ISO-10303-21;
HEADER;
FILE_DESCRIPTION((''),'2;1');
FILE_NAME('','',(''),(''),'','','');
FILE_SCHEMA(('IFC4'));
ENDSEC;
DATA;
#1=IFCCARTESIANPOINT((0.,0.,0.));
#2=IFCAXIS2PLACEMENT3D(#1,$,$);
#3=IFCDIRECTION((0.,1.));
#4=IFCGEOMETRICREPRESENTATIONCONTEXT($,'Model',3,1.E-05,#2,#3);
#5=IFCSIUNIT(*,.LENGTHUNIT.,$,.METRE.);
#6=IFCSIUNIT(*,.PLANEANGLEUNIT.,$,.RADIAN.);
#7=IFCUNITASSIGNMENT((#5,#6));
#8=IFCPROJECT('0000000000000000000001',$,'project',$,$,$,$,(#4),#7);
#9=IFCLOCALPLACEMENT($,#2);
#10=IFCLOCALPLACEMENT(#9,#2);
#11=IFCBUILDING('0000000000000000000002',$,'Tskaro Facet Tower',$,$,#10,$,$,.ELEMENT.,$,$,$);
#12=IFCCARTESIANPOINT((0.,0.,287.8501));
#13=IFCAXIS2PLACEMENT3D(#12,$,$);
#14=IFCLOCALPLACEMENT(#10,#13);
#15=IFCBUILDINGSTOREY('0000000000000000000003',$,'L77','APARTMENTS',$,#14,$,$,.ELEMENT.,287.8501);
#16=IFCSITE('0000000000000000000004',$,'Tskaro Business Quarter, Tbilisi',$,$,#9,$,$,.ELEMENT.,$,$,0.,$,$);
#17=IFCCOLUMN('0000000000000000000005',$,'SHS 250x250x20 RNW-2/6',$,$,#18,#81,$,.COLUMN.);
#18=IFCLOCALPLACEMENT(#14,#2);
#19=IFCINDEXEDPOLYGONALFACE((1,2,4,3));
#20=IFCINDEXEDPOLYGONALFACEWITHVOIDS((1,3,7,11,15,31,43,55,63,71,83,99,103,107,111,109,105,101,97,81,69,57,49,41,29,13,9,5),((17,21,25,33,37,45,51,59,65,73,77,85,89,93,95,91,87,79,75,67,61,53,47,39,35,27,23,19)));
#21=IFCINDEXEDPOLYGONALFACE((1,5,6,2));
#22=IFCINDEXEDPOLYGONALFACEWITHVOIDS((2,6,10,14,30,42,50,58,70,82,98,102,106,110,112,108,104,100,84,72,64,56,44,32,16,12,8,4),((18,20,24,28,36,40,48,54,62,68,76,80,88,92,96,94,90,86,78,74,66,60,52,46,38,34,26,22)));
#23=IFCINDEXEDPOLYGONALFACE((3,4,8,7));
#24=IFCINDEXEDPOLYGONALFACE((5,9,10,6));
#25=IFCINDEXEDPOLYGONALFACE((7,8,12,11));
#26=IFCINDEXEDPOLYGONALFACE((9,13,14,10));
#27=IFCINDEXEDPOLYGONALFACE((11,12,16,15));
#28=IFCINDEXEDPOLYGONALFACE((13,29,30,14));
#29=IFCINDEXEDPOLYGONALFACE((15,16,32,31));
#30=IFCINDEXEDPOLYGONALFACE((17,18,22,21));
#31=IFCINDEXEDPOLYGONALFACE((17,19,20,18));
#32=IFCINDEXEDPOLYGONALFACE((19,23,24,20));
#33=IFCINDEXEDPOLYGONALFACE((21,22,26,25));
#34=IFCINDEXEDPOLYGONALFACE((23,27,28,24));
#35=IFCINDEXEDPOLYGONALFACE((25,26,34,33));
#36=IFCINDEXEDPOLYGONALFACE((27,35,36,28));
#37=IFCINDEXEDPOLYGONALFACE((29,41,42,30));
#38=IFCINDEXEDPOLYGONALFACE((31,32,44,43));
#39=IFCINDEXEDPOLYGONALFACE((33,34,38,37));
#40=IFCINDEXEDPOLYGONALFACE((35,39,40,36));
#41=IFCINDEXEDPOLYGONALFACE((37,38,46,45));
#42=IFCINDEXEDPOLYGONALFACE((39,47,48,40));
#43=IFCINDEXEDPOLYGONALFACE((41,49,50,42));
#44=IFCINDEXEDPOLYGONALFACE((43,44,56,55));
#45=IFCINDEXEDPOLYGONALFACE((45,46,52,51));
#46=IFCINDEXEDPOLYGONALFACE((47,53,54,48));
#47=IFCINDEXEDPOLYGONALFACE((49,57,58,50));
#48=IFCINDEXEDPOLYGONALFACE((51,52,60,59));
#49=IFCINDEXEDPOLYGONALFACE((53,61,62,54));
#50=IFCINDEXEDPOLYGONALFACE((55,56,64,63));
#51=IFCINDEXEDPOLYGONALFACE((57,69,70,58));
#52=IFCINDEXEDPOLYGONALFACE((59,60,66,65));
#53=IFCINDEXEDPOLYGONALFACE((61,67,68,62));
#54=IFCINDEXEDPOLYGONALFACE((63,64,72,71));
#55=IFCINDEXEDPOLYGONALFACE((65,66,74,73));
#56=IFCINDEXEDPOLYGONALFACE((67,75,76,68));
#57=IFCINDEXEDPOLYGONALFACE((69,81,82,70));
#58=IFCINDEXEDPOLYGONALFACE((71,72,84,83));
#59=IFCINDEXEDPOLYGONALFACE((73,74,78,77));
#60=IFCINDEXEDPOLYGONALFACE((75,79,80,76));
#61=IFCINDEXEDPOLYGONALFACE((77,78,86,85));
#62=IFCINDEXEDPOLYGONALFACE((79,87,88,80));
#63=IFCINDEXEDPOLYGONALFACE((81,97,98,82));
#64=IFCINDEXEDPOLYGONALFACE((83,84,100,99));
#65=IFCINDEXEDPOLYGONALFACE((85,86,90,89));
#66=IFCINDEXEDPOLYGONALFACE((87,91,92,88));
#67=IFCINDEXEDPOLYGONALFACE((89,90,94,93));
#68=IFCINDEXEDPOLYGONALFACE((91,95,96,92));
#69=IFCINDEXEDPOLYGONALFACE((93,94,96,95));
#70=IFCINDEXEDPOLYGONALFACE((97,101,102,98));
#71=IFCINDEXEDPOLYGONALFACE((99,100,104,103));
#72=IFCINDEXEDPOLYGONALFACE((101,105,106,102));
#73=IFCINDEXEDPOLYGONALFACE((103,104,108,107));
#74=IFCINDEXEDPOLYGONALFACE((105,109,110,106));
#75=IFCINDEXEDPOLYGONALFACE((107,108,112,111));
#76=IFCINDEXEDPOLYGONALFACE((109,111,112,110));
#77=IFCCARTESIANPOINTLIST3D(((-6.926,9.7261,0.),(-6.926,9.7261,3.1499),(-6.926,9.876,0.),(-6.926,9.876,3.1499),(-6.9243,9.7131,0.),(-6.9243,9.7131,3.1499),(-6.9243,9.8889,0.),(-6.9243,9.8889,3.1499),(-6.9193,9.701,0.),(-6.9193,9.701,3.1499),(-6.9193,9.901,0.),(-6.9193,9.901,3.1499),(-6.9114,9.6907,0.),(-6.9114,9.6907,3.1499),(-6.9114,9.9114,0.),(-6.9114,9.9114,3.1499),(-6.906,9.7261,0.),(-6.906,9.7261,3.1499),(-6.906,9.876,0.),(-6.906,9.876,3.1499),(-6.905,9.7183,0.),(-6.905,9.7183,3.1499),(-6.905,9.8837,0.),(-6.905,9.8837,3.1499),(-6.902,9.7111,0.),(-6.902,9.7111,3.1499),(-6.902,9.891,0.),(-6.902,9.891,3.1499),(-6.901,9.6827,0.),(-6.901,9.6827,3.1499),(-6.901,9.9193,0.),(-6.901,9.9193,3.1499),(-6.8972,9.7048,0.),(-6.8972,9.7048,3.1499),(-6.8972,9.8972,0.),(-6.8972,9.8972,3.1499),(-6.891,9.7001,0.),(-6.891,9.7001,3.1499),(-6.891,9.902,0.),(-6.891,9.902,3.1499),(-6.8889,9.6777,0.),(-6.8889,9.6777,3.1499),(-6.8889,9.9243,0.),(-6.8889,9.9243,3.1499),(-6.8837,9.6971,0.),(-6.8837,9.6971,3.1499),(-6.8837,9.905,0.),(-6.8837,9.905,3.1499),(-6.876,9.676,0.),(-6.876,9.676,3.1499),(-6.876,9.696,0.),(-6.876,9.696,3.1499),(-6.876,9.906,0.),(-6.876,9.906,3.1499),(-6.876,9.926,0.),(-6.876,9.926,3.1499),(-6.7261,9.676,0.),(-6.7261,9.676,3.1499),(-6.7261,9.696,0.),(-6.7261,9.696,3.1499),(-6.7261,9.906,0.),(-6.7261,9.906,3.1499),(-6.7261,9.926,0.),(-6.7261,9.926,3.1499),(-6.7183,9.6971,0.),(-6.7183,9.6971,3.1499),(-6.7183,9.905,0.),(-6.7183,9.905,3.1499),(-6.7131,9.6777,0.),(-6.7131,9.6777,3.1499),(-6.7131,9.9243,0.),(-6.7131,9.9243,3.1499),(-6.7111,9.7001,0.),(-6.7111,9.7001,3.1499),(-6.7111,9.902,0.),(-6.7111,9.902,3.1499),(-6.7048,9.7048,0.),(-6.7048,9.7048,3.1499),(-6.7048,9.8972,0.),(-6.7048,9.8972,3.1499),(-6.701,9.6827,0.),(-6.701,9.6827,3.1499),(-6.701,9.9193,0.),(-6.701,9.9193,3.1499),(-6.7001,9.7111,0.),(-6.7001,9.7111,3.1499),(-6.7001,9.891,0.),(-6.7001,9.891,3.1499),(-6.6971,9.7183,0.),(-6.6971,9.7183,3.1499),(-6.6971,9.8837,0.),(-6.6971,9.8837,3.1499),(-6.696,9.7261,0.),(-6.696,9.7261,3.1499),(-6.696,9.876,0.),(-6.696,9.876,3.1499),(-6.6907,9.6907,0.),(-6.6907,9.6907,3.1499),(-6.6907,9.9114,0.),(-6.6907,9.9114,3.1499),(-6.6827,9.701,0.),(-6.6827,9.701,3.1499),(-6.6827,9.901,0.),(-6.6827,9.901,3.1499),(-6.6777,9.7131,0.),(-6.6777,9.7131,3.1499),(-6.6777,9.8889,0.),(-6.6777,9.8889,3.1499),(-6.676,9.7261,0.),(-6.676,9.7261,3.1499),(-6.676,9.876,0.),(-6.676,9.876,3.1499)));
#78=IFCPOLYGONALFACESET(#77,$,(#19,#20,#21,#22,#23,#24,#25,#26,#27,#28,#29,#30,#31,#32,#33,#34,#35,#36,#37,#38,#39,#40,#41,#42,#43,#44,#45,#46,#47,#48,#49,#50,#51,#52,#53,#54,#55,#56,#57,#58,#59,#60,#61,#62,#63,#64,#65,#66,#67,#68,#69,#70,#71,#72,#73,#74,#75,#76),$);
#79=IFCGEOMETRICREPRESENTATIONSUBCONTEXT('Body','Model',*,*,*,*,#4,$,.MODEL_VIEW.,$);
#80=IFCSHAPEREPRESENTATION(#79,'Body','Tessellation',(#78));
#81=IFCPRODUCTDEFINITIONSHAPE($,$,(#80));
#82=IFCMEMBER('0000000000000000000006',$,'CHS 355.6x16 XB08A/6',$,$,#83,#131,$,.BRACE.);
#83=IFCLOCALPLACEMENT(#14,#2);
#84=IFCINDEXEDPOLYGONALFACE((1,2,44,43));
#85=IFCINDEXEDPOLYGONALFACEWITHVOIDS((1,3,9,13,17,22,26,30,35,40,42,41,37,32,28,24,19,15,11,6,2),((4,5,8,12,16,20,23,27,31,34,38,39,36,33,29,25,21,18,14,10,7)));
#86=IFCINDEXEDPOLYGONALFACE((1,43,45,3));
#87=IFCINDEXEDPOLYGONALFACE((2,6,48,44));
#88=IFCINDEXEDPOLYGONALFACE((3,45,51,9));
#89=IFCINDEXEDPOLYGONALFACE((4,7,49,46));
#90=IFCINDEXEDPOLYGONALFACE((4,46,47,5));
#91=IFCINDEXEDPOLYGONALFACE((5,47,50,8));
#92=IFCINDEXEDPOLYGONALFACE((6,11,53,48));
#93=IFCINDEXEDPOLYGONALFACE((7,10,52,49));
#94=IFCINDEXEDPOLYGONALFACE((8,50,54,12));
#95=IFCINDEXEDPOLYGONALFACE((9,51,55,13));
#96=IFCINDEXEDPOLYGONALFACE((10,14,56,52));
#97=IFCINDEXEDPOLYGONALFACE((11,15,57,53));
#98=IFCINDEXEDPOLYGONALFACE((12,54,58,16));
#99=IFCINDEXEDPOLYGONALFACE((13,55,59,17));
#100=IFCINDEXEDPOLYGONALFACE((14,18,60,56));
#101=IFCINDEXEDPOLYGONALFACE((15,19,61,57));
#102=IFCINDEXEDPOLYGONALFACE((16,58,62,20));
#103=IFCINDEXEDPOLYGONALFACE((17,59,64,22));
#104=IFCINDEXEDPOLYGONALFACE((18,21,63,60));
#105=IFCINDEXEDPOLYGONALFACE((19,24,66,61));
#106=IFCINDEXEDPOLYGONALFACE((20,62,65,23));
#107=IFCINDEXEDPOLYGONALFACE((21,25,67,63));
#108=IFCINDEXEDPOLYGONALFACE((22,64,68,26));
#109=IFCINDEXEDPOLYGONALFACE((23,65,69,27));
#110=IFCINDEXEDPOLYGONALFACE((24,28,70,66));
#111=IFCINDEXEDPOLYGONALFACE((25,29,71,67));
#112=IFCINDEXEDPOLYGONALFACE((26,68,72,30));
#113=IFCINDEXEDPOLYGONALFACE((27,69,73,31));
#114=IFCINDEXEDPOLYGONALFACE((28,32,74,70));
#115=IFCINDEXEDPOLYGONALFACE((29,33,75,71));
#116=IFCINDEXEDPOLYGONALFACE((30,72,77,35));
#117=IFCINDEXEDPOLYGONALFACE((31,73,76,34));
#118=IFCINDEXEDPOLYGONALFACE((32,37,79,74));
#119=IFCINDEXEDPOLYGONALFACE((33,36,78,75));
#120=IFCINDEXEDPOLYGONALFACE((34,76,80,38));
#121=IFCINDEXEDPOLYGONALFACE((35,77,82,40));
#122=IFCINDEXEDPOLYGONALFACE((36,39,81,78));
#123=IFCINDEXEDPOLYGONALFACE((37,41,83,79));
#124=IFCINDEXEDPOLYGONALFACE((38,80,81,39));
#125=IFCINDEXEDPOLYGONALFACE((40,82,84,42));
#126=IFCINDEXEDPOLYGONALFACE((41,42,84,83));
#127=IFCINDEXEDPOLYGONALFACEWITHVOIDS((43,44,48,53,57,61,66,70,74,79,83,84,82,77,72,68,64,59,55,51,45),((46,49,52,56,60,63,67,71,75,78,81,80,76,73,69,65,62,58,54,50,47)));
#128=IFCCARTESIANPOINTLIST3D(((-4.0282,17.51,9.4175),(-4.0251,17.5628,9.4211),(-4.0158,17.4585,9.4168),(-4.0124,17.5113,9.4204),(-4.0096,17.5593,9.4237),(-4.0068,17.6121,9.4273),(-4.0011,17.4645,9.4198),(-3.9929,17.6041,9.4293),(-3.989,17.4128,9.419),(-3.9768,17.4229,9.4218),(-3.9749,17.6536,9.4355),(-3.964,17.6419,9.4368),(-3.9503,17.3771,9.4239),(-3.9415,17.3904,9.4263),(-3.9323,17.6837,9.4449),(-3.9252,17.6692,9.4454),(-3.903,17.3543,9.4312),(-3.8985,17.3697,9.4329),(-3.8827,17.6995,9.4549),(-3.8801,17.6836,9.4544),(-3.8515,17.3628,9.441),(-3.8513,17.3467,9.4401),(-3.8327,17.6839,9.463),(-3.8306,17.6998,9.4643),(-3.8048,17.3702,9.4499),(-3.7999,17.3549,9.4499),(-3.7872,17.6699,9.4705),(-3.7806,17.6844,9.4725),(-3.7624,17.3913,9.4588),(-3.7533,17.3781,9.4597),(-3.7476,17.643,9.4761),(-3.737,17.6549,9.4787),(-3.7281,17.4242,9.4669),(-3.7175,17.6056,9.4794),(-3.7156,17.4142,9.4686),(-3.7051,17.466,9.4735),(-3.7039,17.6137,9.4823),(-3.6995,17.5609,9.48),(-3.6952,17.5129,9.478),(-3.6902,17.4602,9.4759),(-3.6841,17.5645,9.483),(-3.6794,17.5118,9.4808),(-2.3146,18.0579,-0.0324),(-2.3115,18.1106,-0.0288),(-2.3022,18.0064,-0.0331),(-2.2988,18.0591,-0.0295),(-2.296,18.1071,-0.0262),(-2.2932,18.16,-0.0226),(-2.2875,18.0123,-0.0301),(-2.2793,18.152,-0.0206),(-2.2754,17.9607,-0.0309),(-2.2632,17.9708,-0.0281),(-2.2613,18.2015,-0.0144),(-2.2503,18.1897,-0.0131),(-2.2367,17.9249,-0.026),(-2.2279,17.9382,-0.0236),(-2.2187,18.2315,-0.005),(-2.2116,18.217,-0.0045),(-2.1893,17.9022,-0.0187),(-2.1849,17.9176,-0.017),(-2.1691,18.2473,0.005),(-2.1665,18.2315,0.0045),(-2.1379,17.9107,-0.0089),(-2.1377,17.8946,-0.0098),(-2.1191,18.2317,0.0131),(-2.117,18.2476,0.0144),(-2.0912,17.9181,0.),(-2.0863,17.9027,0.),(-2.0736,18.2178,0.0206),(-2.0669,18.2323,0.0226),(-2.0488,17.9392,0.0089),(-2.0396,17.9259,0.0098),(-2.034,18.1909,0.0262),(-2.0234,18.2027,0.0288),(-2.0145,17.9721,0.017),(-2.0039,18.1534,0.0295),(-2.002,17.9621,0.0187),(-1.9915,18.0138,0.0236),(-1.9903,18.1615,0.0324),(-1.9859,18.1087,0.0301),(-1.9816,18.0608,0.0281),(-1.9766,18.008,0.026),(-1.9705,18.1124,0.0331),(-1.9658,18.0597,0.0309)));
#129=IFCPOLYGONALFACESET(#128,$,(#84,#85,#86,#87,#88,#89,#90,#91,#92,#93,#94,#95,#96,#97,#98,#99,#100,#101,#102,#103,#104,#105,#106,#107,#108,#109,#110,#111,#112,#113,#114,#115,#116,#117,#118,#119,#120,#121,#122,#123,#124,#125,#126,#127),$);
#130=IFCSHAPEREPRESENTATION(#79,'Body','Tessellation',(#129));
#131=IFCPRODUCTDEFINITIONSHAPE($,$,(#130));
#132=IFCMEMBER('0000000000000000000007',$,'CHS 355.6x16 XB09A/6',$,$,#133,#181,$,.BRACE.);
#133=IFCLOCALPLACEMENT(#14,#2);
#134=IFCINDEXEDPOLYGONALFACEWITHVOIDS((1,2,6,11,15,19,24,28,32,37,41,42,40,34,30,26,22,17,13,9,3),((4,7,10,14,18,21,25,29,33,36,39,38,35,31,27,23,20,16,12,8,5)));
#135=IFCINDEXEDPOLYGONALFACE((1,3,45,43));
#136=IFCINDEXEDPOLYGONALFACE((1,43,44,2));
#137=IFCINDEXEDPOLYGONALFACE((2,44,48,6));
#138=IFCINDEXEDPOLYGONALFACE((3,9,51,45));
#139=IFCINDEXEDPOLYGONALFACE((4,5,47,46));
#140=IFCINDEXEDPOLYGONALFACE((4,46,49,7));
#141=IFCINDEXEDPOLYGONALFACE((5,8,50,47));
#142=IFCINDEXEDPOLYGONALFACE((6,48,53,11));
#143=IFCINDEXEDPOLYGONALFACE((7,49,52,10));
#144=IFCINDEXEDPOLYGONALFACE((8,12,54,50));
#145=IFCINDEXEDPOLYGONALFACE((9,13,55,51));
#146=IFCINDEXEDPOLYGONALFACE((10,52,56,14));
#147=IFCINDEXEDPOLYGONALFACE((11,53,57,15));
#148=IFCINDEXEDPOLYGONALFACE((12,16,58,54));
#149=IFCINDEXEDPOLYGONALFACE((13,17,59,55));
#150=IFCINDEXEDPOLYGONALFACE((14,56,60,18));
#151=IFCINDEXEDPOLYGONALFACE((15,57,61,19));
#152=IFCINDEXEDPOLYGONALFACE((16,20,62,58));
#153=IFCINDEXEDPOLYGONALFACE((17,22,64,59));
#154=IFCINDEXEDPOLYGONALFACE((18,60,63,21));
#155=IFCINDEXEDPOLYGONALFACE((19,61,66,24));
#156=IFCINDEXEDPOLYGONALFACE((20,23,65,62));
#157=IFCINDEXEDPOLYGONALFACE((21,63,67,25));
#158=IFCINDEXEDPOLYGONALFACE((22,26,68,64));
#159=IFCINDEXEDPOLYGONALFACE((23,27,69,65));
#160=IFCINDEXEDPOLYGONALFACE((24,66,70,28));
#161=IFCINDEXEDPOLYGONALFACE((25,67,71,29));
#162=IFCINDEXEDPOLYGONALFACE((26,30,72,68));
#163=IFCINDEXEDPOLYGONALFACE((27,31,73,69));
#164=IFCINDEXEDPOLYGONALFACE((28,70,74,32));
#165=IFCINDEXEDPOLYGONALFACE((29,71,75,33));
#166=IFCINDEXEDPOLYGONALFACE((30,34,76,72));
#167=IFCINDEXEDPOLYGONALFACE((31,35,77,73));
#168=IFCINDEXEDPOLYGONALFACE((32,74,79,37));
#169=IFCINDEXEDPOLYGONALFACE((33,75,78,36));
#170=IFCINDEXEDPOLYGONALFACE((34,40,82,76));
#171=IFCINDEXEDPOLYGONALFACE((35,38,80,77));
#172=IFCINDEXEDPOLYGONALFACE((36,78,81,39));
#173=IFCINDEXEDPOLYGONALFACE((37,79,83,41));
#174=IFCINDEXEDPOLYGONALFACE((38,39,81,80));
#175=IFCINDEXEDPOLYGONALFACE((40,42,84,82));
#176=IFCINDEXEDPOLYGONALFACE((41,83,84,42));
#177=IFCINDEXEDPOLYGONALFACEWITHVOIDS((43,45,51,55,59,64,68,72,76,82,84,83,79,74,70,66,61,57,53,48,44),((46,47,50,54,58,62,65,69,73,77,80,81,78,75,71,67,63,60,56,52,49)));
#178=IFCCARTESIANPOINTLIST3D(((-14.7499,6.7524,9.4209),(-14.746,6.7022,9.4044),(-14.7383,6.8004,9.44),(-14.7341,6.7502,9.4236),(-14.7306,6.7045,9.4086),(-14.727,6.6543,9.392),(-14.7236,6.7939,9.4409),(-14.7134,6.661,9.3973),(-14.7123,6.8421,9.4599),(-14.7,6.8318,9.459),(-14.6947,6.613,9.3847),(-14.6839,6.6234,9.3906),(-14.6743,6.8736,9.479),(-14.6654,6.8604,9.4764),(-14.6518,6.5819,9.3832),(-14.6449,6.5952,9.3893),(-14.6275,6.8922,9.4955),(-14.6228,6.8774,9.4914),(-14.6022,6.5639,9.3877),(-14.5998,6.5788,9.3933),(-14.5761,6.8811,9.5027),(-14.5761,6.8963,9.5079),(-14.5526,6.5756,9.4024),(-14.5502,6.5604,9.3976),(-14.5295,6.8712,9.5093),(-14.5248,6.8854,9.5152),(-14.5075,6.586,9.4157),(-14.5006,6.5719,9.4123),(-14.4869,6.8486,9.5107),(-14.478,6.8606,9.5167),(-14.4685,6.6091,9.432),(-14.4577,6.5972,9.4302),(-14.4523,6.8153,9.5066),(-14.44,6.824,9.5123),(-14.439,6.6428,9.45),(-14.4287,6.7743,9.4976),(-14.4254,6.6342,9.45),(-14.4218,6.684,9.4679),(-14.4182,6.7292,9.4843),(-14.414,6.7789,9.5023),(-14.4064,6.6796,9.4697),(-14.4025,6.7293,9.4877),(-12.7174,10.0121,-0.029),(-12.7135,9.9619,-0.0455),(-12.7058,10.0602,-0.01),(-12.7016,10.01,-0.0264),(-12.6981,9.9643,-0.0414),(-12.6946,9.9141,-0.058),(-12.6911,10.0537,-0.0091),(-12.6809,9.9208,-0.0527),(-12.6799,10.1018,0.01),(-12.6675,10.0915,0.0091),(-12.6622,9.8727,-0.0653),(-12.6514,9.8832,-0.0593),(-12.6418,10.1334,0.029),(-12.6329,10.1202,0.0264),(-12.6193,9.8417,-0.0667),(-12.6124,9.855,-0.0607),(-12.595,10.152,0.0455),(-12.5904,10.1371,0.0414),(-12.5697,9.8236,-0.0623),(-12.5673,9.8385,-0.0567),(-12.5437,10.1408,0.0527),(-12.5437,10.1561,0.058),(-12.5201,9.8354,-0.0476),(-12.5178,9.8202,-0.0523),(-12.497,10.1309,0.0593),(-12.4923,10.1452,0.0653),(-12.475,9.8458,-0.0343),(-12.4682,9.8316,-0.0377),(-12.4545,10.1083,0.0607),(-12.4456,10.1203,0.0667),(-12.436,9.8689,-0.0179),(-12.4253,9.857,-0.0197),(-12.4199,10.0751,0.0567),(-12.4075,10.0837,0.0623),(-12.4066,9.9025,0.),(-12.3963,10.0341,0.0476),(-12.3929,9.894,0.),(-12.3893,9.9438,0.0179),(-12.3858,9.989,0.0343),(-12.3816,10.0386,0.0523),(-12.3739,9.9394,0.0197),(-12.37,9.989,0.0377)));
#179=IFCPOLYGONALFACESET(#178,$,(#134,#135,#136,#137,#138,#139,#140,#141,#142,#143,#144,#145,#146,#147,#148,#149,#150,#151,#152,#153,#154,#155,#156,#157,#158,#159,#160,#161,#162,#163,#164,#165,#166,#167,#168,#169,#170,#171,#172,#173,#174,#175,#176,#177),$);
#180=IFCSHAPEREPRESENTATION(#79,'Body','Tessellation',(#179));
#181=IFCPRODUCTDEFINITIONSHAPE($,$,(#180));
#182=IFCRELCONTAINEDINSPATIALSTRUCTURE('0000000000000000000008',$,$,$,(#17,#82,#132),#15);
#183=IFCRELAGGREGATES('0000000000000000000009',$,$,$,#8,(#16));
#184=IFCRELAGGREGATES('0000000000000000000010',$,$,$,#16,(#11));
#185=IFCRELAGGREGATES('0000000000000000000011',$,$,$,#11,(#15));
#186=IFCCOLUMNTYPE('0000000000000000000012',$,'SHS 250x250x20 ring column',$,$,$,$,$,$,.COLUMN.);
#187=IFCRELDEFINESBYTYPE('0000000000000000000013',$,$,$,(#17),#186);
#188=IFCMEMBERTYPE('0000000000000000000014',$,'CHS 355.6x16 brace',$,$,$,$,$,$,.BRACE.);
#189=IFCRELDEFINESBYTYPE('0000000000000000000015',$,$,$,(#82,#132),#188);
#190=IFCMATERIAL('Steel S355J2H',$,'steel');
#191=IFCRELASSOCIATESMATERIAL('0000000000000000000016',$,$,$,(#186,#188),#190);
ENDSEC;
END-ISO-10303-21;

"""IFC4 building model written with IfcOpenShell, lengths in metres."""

from ifc_helpers import new_model, si_unit, direction, frame, origin, origin_2d, place, context, subcontext, project, spatial, hollow_rectangle, hollow_circle, extrude, material, material_profile, profile_set, type_object, element, save


model = new_model("IFC4")

# Units and contexts
model_context = context("Model", 3, precision=1e-05, world=origin(), true_north=direction((0.0, 1.0)))
body_context = subcontext(model_context, "Body", "Model", "MODEL_VIEW")
ifc_project = project(units=[si_unit("LENGTHUNIT", "METRE"), si_unit("PLANEANGLEUNIT", "RADIAN")], contexts=[model_context])

# Site, building, storey
site_placement = place(None, origin())
site = spatial("IfcSite", under=ifc_project, at=site_placement, Name="Tskaro Business Quarter, Tbilisi", CompositionType="ELEMENT", RefElevation=0.0)
building_placement = place(site_placement, origin())
building = spatial("IfcBuilding", under=site, at=building_placement, Name="Tskaro Facet Tower", CompositionType="ELEMENT")
storey_placement = place(building_placement, frame((0.0, 0.0, 287.8501)))
storey = spatial("IfcBuildingStorey", under=building, at=storey_placement, Name="L77", Description="APARTMENTS", CompositionType="ELEMENT", Elevation=287.8501)

# Column
ifc_material_1 = material(Name="Steel S355J2H", Category="steel")
ifc_material_profile_1 = material_profile(ifc_material_1, hollow_rectangle(XDim=0.25, YDim=0.25, WallThickness=0.02, InnerFilletRadius=0.03, OuterFilletRadius=0.05, at=origin_2d()), Name="SHS 250x250x20")
ifc_profile_set_1 = profile_set([ifc_material_profile_1], Name="Steel S355J2H")
column_type_1 = type_object("IfcColumnType", Name="SHS 250x250x20 ring column", PredefinedType="COLUMN", material=ifc_profile_set_1)
for number, where, z_axis, x_axis, name in (
    (1, (-6.801, 9.801, 0.0), (0.0, 0.0, 1.0), (1.0, 0.0, 0.0), "SHS 250x250x20 RNW-2/6"),
):
    element("IfcColumn", number, at=place(storey_placement, frame(where, z_axis=z_axis, x_axis=x_axis)), inside=storey, type_object=column_type_1, Name=name, PredefinedType="COLUMN", context=body_context, shape_type="SweptSolid", body=[
        extrude(hollow_rectangle(XDim=0.25, YDim=0.25, WallThickness=0.02, InnerFilletRadius=0.03, OuterFilletRadius=0.05, at=origin_2d()), origin(), (0.0, 0.0, 1.0), 3.1499),
    ])

# Members
ifc_material_profile_2 = material_profile(ifc_material_1, hollow_circle(Radius=0.1777, WallThickness=0.0161, at=origin_2d()), Name="CHS 355.6x16")
ifc_profile_set_2 = profile_set([ifc_material_profile_2], Name="Steel S355J2H")
member_type_1 = type_object("IfcMemberType", Name="CHS 355.6x16 brace", PredefinedType="BRACE", material=ifc_profile_set_2)
member_1_placement = place(storey_placement, frame((-2.1404, 18.072, 0.0), z_axis=(-0.178137, -0.056951, 0.982356), x_axis=(0.30452, -0.952506, 0.0)))
element("IfcMember", 2, at=member_1_placement, inside=storey, type_object=member_type_1, Name="CHS 355.6x16 XB08A/6", PredefinedType="BRACE", context=body_context, shape_type="SweptSolid", body=[
    extrude(hollow_circle(Radius=0.1777, WallThickness=0.0161, at=origin_2d()), origin(), (0.0, 0.0, 1.0), 9.6196),
])
for number, where, z_axis, x_axis, name in (
    (3, (-12.5437, 9.988, 0.0), (-0.199244, -0.319556, 0.926383), (0.848569, -0.529085, 0.0), "CHS 355.6x16 XB09A/6"),
):
    element("IfcMember", number, at=place(storey_placement, frame(where, z_axis=z_axis, x_axis=x_axis)), inside=storey, type_object=member_type_1, Name=name, PredefinedType="BRACE", context=body_context, shape_type="SweptSolid", body=[
        extrude(hollow_circle(Radius=0.1777, WallThickness=0.0161, at=origin_2d()), origin(), (0.0, 0.0, 1.0), 10.2009),
    ])

save(model, "model.ifc")
